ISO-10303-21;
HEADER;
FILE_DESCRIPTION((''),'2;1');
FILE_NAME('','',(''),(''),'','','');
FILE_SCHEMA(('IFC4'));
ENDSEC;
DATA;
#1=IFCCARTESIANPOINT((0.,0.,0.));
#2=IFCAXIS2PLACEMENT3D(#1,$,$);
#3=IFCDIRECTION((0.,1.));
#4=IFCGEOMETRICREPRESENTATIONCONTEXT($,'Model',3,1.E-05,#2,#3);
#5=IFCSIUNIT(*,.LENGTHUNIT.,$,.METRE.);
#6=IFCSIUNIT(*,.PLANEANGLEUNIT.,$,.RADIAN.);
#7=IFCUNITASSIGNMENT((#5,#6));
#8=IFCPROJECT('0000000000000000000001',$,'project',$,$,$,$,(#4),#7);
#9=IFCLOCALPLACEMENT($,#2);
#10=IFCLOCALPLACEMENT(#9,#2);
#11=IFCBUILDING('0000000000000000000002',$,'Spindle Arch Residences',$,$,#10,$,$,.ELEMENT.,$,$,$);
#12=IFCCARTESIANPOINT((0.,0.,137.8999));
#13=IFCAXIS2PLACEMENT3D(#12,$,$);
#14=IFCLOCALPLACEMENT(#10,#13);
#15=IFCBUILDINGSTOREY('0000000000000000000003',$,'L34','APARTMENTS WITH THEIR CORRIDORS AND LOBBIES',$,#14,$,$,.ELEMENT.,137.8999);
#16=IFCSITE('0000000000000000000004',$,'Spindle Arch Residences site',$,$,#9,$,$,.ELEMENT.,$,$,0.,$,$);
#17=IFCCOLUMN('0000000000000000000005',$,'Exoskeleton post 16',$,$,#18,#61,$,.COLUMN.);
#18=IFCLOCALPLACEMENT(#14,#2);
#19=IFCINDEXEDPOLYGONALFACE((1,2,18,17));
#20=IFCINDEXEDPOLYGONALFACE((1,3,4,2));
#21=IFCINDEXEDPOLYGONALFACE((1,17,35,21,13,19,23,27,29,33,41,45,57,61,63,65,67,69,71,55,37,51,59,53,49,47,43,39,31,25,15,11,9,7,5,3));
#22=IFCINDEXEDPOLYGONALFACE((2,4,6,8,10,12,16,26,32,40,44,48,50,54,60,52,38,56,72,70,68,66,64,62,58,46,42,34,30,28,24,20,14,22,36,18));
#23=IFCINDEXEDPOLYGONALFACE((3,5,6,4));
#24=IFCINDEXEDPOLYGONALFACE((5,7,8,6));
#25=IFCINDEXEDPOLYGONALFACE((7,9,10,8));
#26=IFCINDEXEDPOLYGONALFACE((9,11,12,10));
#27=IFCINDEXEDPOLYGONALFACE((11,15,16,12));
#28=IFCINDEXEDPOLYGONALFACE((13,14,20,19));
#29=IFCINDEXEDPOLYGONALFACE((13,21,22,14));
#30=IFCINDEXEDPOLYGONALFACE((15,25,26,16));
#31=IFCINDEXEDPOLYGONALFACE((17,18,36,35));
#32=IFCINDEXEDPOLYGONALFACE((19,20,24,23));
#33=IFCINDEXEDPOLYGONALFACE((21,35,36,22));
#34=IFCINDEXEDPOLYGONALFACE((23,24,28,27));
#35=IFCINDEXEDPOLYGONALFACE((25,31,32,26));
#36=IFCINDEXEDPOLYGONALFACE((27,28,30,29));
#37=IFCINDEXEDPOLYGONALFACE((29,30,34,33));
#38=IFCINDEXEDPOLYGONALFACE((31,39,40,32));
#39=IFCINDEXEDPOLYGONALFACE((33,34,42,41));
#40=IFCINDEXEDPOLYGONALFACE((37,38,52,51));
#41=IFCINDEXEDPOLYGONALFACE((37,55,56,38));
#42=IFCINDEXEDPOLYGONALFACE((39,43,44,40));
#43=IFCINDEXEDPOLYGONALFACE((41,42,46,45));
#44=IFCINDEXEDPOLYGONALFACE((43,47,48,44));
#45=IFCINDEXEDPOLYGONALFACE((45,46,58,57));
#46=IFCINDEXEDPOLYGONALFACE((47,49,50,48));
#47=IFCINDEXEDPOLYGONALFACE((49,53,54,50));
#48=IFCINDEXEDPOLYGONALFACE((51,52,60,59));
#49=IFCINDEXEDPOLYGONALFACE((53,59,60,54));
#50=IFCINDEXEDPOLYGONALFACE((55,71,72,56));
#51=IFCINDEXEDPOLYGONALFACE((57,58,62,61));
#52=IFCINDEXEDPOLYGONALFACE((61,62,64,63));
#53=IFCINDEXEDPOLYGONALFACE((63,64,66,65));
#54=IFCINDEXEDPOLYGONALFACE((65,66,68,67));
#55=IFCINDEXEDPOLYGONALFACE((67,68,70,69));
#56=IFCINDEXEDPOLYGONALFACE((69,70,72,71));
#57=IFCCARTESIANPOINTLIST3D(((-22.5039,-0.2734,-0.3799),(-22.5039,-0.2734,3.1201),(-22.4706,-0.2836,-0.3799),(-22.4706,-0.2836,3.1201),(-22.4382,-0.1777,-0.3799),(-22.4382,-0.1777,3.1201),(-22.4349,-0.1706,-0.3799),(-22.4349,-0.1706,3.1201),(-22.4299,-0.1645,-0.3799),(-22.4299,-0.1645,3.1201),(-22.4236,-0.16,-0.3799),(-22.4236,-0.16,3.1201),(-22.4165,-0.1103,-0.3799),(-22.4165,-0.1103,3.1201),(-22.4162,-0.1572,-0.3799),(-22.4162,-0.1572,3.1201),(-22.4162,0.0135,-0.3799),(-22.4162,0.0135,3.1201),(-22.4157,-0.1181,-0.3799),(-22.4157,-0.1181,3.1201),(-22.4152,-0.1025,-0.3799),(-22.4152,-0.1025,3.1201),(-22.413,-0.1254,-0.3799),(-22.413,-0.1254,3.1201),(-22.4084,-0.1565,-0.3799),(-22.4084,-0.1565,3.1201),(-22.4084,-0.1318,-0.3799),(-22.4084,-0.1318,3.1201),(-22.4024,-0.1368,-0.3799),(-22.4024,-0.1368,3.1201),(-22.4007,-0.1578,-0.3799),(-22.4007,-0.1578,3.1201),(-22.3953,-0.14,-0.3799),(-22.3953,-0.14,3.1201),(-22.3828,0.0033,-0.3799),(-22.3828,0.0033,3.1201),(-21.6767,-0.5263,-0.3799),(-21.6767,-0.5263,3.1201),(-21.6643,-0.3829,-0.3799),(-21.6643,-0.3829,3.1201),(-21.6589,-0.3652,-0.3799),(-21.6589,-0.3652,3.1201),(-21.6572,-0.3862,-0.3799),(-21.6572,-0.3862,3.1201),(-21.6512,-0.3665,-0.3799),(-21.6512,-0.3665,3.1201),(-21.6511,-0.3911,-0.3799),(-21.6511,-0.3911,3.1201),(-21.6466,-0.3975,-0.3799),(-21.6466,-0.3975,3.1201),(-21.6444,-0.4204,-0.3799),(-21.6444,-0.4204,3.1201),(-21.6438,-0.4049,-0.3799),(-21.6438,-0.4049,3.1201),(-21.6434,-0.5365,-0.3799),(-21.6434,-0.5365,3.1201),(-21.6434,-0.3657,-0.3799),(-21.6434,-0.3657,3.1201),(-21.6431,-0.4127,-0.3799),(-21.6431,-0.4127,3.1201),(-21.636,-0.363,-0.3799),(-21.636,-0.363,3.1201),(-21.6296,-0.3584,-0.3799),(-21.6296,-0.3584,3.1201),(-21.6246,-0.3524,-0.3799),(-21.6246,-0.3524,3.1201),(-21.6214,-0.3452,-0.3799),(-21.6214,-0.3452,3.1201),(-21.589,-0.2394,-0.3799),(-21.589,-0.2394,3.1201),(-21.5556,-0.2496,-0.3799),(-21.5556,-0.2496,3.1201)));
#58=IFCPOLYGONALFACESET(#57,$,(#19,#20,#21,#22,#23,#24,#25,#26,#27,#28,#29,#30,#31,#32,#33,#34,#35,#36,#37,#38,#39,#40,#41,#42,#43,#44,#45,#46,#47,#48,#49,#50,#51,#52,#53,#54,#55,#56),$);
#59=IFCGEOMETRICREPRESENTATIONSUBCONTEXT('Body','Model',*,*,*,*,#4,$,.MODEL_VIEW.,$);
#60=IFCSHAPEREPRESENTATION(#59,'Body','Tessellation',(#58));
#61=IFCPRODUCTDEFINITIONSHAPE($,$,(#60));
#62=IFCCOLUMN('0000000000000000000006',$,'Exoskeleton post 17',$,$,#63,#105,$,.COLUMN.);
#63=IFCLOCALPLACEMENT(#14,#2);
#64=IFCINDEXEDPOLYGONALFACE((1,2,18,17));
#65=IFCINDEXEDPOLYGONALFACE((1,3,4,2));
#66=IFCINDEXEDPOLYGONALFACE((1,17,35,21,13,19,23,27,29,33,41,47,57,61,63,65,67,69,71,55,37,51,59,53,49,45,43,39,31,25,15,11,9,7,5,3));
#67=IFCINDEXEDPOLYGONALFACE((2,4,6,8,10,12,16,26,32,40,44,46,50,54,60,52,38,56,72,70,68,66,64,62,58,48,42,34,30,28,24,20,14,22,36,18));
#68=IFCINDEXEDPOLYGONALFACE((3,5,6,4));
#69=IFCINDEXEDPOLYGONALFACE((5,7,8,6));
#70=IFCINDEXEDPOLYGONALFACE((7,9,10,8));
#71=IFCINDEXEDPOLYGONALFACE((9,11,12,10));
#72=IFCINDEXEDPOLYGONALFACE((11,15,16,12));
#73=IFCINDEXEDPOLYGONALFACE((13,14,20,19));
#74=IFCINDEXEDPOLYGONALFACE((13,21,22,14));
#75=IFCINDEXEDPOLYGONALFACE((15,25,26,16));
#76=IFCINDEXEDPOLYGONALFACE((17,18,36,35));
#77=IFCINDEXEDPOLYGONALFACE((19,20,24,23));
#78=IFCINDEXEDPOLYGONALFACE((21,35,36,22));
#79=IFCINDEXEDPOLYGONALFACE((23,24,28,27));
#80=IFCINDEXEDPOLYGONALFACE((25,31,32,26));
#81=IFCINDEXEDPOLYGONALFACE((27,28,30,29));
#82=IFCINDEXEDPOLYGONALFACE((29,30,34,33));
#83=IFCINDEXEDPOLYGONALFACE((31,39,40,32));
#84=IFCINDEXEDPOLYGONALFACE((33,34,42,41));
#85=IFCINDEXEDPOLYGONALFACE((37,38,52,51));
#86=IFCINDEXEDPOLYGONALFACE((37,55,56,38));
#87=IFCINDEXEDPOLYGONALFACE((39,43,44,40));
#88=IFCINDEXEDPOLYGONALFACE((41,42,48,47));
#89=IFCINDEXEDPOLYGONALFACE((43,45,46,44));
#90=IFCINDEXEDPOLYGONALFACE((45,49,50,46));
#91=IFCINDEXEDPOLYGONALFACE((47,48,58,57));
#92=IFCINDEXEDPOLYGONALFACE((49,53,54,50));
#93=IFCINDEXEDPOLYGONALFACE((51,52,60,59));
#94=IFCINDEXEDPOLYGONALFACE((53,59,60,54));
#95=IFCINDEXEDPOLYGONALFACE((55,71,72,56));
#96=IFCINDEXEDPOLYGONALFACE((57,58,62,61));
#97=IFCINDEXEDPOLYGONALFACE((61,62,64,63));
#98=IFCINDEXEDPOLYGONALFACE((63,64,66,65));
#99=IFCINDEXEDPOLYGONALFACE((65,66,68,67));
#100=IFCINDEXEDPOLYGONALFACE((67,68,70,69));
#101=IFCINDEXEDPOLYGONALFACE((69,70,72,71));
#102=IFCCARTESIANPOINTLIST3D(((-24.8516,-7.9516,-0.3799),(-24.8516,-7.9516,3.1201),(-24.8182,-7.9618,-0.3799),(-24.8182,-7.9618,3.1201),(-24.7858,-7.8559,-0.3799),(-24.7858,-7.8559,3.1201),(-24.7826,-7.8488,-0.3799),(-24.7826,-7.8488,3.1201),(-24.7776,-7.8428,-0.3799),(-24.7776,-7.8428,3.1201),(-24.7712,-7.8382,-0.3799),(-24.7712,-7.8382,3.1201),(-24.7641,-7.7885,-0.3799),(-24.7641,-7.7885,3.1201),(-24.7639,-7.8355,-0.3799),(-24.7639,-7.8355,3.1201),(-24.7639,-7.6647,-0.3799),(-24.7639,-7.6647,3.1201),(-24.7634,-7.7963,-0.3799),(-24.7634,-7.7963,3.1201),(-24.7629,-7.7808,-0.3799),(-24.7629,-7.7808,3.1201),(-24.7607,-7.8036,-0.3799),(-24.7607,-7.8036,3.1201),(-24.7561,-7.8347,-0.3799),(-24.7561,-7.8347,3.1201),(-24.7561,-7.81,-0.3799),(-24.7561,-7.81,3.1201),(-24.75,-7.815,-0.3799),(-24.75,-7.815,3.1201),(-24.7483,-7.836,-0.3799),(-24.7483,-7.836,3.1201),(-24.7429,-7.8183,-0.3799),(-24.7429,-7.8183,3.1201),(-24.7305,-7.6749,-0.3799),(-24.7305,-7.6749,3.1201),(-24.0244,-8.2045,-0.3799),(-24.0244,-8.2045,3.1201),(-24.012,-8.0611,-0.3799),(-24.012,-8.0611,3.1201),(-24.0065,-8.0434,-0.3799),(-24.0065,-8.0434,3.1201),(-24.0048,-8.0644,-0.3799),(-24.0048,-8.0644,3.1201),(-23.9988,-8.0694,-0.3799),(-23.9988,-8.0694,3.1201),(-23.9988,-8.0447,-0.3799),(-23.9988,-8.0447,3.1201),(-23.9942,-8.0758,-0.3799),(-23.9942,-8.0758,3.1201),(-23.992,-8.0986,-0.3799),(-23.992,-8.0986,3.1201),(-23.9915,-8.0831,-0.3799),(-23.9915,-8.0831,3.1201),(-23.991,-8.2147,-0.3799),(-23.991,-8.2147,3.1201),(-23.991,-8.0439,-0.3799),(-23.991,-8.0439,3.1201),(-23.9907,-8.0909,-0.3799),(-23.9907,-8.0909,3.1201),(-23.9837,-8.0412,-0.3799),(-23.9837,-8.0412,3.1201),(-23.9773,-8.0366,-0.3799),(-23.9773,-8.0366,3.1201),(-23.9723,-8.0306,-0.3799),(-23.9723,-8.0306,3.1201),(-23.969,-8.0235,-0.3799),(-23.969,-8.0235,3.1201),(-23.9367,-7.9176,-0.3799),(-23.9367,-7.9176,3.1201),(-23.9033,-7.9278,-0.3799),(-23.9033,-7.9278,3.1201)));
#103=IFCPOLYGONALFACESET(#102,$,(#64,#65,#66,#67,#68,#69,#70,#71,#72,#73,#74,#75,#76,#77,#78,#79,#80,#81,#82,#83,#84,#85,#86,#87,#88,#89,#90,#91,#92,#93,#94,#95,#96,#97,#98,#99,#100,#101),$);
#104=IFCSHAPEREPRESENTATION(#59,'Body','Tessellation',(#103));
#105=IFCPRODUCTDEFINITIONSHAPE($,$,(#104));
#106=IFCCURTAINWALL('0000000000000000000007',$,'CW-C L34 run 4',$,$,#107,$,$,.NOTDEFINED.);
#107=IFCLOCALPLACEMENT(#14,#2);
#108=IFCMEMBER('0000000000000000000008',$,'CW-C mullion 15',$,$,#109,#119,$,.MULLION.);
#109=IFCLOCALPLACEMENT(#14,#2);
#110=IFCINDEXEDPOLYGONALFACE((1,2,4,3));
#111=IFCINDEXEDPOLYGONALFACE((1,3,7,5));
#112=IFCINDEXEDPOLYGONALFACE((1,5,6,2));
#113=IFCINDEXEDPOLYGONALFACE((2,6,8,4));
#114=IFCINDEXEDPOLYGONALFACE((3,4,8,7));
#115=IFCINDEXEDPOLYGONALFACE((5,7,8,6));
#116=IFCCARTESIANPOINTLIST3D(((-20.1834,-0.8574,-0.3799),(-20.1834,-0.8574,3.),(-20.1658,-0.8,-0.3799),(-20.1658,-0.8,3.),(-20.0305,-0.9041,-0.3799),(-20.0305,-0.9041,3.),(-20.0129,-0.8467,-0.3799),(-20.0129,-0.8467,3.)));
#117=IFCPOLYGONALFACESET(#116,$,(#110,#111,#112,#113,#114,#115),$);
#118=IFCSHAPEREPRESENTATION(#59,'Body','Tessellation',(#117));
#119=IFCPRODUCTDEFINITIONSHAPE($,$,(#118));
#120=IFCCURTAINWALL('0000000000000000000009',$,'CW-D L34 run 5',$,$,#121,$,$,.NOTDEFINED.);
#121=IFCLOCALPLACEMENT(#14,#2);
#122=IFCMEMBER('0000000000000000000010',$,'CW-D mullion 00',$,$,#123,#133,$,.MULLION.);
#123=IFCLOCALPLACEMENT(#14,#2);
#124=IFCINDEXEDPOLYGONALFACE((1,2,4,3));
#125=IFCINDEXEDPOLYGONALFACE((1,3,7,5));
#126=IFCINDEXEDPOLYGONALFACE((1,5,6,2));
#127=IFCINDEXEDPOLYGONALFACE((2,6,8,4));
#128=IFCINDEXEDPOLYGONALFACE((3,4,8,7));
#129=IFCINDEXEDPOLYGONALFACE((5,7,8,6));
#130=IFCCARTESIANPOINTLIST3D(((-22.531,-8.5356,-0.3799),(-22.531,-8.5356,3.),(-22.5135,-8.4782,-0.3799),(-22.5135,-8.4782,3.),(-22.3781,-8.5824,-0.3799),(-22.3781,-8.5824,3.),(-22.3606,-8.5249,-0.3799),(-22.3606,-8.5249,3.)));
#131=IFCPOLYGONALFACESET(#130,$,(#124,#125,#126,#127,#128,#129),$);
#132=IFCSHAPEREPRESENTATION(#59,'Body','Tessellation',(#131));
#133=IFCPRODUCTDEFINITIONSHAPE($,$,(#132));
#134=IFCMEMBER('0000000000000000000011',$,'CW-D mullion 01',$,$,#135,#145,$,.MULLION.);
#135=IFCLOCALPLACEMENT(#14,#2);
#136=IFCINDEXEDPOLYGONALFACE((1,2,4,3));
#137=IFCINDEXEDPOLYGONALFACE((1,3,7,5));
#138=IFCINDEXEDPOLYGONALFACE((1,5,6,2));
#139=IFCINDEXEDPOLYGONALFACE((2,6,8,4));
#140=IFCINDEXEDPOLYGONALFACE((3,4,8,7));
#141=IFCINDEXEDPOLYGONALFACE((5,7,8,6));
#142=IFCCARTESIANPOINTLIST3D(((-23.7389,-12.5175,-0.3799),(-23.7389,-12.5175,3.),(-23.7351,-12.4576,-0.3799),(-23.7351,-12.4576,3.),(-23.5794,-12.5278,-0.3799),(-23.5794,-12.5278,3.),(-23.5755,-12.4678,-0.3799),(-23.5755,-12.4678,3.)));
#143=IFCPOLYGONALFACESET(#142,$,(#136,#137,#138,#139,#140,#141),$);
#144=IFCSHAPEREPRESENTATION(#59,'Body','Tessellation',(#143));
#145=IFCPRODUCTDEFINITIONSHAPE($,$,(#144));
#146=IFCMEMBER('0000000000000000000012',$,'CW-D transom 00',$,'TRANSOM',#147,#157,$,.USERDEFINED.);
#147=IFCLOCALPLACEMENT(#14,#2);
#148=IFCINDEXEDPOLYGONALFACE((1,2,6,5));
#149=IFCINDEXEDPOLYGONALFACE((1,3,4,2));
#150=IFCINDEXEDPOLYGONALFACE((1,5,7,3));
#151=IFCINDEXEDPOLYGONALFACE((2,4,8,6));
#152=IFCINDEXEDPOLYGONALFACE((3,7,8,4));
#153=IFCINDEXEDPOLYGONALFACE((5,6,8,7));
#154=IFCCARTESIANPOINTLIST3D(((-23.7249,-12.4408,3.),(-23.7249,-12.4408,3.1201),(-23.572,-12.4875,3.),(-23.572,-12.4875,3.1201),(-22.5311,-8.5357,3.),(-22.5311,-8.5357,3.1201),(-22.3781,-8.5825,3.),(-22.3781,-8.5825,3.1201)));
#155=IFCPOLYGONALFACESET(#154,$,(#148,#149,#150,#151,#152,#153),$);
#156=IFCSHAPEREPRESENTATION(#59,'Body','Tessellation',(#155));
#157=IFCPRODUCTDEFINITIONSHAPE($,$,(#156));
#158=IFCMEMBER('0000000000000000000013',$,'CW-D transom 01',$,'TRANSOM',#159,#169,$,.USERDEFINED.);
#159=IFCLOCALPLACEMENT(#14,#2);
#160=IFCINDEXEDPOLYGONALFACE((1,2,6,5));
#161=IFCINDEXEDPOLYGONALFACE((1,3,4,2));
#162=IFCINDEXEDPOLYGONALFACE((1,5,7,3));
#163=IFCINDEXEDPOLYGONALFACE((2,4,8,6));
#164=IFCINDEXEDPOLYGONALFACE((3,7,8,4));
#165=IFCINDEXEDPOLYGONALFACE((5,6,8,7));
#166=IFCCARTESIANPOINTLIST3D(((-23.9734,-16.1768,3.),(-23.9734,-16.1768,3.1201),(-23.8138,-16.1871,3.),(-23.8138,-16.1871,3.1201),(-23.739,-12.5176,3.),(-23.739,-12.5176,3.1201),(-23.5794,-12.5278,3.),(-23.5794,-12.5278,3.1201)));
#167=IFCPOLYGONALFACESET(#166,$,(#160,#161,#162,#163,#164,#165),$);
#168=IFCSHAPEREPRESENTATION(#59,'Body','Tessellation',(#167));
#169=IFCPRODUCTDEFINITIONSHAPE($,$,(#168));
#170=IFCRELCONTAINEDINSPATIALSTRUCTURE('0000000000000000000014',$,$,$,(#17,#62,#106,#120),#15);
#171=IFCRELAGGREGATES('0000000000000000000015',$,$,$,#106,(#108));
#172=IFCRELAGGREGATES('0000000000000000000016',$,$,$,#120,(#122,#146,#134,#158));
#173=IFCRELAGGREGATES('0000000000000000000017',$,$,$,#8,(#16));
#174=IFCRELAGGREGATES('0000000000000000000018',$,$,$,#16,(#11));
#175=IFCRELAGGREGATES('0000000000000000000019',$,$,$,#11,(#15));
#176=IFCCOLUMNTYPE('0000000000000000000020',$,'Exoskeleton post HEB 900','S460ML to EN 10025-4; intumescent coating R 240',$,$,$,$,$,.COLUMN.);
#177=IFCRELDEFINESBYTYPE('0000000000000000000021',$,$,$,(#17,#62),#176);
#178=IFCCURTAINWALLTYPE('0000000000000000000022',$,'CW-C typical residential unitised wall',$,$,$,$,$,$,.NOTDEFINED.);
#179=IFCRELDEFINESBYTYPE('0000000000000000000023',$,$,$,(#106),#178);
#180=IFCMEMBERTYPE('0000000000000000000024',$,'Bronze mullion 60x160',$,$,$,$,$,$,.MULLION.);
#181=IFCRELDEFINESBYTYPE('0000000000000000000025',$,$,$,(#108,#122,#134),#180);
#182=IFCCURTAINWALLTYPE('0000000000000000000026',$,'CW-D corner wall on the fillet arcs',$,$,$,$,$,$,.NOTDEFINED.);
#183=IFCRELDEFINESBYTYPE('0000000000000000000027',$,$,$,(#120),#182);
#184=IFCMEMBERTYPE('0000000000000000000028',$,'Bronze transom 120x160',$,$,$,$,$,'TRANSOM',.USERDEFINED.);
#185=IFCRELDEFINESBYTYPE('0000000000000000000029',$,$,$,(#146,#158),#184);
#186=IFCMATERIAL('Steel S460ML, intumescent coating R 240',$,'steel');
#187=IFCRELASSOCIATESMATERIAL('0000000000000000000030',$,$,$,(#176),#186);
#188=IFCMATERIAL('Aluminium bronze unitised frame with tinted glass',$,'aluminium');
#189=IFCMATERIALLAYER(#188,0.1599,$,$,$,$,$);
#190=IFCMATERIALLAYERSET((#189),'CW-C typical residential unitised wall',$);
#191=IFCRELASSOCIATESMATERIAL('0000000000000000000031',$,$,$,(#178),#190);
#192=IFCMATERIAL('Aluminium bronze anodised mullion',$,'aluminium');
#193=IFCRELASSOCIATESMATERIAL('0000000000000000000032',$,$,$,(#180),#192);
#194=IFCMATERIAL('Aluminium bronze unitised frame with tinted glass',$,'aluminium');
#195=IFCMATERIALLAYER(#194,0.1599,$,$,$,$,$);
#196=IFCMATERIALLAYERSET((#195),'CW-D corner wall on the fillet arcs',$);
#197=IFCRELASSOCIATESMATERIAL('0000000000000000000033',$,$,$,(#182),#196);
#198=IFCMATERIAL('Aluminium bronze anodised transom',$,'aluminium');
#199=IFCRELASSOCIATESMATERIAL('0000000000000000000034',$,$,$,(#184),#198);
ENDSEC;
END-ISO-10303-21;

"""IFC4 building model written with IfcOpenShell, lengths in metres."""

from ifc_helpers import new_model, si_unit, direction, frame, origin, origin_2d, place, context, subcontext, project, spatial, rectangle, i_section, extrude, material, layer, layer_set, material_profile, profile_set, type_object, element, aggregate, save


model = new_model("IFC4")

# Units and contexts
model_context = context("Model", 3, precision=1e-05, world=origin(), true_north=direction((0.0, 1.0)))
body_context = subcontext(model_context, "Body", "Model", "MODEL_VIEW")
ifc_project = project(units=[si_unit("LENGTHUNIT", "METRE"), si_unit("PLANEANGLEUNIT", "RADIAN")], contexts=[model_context])

# Site, building, storey
site_placement = place(None, origin())
site = spatial("IfcSite", under=ifc_project, at=site_placement, Name="Spindle Arch Residences site", CompositionType="ELEMENT", RefElevation=0.0)
building_placement = place(site_placement, origin())
building = spatial("IfcBuilding", under=site, at=building_placement, Name="Spindle Arch Residences", CompositionType="ELEMENT")
storey_placement = place(building_placement, frame((0.0, 0.0, 137.8999)))
storey = spatial("IfcBuildingStorey", under=building, at=storey_placement, Name="L34", Description="APARTMENTS WITH THEIR CORRIDORS AND LOBBIES", CompositionType="ELEMENT", Elevation=137.8999)

# Columns
ifc_material_1 = material(Name="Steel S460ML, intumescent coating R 240", Category="steel")
ifc_material_profile_1 = material_profile(ifc_material_1, i_section(OverallWidth=0.3, OverallDepth=0.8999, WebThickness=0.0186, FlangeThickness=0.0349, FilletRadius=0.03, at=origin_2d()), Name="HEB 900")
ifc_profile_set_1 = profile_set([ifc_material_profile_1], Name="Steel S460ML, intumescent coating R 240")
column_type = type_object("IfcColumnType", Name="Exoskeleton post HEB 900", Description="S460ML to EN 10025-4; intumescent coating R 240", PredefinedType="COLUMN", material=ifc_profile_set_1)
for number, where, z_axis, x_axis, name in (
    (1, (-22.0298, -0.2615, -0.3799), (0.0, 0.0, 1.0), (0.292372, 0.956305, 0.0), "Exoskeleton post 16"),
    (2, (-24.3774, -7.9397, -0.3799), (0.0, 0.0, 1.0), (0.292372, 0.956305, 0.0), "Exoskeleton post 17"),
):
    element("IfcColumn", number, at=place(storey_placement, frame(where, z_axis=z_axis, x_axis=x_axis)), inside=storey, type_object=column_type, Name=name, PredefinedType="COLUMN", context=body_context, shape_type="SweptSolid", body=[
        extrude(i_section(OverallWidth=0.3, OverallDepth=0.8999, WebThickness=0.0186, FlangeThickness=0.0349, FilletRadius=0.03, at=origin_2d()), origin(), (0.0, 0.0, 1.0), 3.5),
    ])

# Curtain wall, member
ifc_material_2 = material(Name="Aluminium bronze unitised frame with tinted glass", Category="aluminium")
ifc_layer_1 = layer(ifc_material_2, 0.1599)
ifc_layer_set_1 = layer_set([ifc_layer_1], Name="CW-C typical residential unitised wall")
curtain_wall_type_1 = type_object("IfcCurtainWallType", Name="CW-C typical residential unitised wall", PredefinedType="NOTDEFINED", material=ifc_layer_set_1)
curtain_wall_1_placement = place(storey_placement, origin())
curtain_wall_1 = element("IfcCurtainWall", 3, at=curtain_wall_1_placement, inside=storey, type_object=curtain_wall_type_1, Name="CW-C L34 run 4", PredefinedType="NOTDEFINED")
ifc_material_3 = material(Name="Aluminium bronze anodised mullion", Category="aluminium")
ifc_material_profile_2 = material_profile(ifc_material_3, rectangle(XDim=0.1599, YDim=0.0601, at=origin_2d()), Name="MU 60x160")
ifc_profile_set_2 = profile_set([ifc_material_profile_2], Name="Aluminium bronze anodised mullion")
member_type_1 = type_object("IfcMemberType", Name="Bronze mullion 60x160", PredefinedType="MULLION", material=ifc_profile_set_2)
member_1_placement = place(storey_placement, frame((-20.0981, -0.8521, -0.3799), z_axis=(0.0, 0.0, 1.0), x_axis=(0.956305, -0.292372, 0.0)))
member_1 = element("IfcMember", 4, at=member_1_placement, type_object=member_type_1, Name="CW-C mullion 15", PredefinedType="MULLION", context=body_context, shape_type="SweptSolid", body=[
    extrude(rectangle(XDim=0.1599, YDim=0.0601, at=origin_2d()), origin(), (0.0, 0.0, 1.0), 3.3799),
])

# Curtain wall, members
ifc_material_4 = material(Name="Aluminium bronze unitised frame with tinted glass", Category="aluminium")
ifc_layer_2 = layer(ifc_material_4, 0.1599)
ifc_layer_set_2 = layer_set([ifc_layer_2], Name="CW-D corner wall on the fillet arcs")
curtain_wall_type_2 = type_object("IfcCurtainWallType", Name="CW-D corner wall on the fillet arcs", PredefinedType="NOTDEFINED", material=ifc_layer_set_2)
curtain_wall_2_placement = place(storey_placement, origin())
curtain_wall_2 = element("IfcCurtainWall", 5, at=curtain_wall_2_placement, inside=storey, type_object=curtain_wall_type_2, Name="CW-D L34 run 5", PredefinedType="NOTDEFINED")
member_2_placement = place(storey_placement, frame((-22.4458, -8.5303, -0.3799), z_axis=(0.0, 0.0, 1.0), x_axis=(0.956305, -0.292372, 0.0)))
member_2 = element("IfcMember", 6, at=member_2_placement, type_object=member_type_1, Name="CW-D mullion 00", PredefinedType="MULLION", context=body_context, shape_type="SweptSolid", body=[
    extrude(rectangle(XDim=0.1599, YDim=0.0601, at=origin_2d()), origin(), (0.0, 0.0, 1.0), 3.3799),
])
member_3_placement = place(storey_placement, frame((-23.6572, -12.4927, -0.3799), z_axis=(0.0, 0.0, 1.0), x_axis=(0.997953, -0.063952, 0.0)))
member_3 = element("IfcMember", 7, at=member_3_placement, type_object=member_type_1, Name="CW-D mullion 01", PredefinedType="MULLION", context=body_context, shape_type="SweptSolid", body=[
    extrude(rectangle(XDim=0.1599, YDim=0.0601, at=origin_2d()), origin(), (0.0, 0.0, 1.0), 3.3799),
])
ifc_material_5 = material(Name="Aluminium bronze anodised transom", Category="aluminium")
ifc_material_profile_3 = material_profile(ifc_material_5, rectangle(XDim=0.1599, YDim=0.1201, at=origin_2d()), Name="TR 120x160")
ifc_profile_set_3 = profile_set([ifc_material_profile_3], Name="Aluminium bronze anodised transom")
member_type_2 = type_object("IfcMemberType", Name="Bronze transom 120x160", ElementType="TRANSOM", PredefinedType="USERDEFINED", material=ifc_profile_set_3)
member_4_placement = place(storey_placement, frame((-22.4546, -8.5591, 3.0601), z_axis=(-0.292363, -0.956307, 0.0), x_axis=(0.956307, -0.292363, 0.0)))
member_4 = element("IfcMember", 8, at=member_4_placement, type_object=member_type_2, Name="CW-D transom 00", ObjectType="TRANSOM", PredefinedType="USERDEFINED", context=body_context, shape_type="SweptSolid", body=[
    extrude(rectangle(XDim=0.1599, YDim=0.1201, at=origin_2d()), origin(), (0.0, 0.0, 1.0), 4.0835),
])
member_5_placement = place(storey_placement, frame((-23.6592, -12.5227, 3.0601), z_axis=(-0.06392, -0.997955, 0.0), x_axis=(0.997955, -0.06392, 0.0)))
member_5 = element("IfcMember", 9, at=member_5_placement, type_object=member_type_2, Name="CW-D transom 01", ObjectType="TRANSOM", PredefinedType="USERDEFINED", context=body_context, shape_type="SweptSolid", body=[
    extrude(rectangle(XDim=0.1599, YDim=0.1201, at=origin_2d()), origin(), (0.0, 0.0, 1.0), 3.6667),
])

aggregate(curtain_wall_1, [member_1])
aggregate(curtain_wall_2, [member_2, member_4, member_3, member_5])

save(model, "model.ifc")
